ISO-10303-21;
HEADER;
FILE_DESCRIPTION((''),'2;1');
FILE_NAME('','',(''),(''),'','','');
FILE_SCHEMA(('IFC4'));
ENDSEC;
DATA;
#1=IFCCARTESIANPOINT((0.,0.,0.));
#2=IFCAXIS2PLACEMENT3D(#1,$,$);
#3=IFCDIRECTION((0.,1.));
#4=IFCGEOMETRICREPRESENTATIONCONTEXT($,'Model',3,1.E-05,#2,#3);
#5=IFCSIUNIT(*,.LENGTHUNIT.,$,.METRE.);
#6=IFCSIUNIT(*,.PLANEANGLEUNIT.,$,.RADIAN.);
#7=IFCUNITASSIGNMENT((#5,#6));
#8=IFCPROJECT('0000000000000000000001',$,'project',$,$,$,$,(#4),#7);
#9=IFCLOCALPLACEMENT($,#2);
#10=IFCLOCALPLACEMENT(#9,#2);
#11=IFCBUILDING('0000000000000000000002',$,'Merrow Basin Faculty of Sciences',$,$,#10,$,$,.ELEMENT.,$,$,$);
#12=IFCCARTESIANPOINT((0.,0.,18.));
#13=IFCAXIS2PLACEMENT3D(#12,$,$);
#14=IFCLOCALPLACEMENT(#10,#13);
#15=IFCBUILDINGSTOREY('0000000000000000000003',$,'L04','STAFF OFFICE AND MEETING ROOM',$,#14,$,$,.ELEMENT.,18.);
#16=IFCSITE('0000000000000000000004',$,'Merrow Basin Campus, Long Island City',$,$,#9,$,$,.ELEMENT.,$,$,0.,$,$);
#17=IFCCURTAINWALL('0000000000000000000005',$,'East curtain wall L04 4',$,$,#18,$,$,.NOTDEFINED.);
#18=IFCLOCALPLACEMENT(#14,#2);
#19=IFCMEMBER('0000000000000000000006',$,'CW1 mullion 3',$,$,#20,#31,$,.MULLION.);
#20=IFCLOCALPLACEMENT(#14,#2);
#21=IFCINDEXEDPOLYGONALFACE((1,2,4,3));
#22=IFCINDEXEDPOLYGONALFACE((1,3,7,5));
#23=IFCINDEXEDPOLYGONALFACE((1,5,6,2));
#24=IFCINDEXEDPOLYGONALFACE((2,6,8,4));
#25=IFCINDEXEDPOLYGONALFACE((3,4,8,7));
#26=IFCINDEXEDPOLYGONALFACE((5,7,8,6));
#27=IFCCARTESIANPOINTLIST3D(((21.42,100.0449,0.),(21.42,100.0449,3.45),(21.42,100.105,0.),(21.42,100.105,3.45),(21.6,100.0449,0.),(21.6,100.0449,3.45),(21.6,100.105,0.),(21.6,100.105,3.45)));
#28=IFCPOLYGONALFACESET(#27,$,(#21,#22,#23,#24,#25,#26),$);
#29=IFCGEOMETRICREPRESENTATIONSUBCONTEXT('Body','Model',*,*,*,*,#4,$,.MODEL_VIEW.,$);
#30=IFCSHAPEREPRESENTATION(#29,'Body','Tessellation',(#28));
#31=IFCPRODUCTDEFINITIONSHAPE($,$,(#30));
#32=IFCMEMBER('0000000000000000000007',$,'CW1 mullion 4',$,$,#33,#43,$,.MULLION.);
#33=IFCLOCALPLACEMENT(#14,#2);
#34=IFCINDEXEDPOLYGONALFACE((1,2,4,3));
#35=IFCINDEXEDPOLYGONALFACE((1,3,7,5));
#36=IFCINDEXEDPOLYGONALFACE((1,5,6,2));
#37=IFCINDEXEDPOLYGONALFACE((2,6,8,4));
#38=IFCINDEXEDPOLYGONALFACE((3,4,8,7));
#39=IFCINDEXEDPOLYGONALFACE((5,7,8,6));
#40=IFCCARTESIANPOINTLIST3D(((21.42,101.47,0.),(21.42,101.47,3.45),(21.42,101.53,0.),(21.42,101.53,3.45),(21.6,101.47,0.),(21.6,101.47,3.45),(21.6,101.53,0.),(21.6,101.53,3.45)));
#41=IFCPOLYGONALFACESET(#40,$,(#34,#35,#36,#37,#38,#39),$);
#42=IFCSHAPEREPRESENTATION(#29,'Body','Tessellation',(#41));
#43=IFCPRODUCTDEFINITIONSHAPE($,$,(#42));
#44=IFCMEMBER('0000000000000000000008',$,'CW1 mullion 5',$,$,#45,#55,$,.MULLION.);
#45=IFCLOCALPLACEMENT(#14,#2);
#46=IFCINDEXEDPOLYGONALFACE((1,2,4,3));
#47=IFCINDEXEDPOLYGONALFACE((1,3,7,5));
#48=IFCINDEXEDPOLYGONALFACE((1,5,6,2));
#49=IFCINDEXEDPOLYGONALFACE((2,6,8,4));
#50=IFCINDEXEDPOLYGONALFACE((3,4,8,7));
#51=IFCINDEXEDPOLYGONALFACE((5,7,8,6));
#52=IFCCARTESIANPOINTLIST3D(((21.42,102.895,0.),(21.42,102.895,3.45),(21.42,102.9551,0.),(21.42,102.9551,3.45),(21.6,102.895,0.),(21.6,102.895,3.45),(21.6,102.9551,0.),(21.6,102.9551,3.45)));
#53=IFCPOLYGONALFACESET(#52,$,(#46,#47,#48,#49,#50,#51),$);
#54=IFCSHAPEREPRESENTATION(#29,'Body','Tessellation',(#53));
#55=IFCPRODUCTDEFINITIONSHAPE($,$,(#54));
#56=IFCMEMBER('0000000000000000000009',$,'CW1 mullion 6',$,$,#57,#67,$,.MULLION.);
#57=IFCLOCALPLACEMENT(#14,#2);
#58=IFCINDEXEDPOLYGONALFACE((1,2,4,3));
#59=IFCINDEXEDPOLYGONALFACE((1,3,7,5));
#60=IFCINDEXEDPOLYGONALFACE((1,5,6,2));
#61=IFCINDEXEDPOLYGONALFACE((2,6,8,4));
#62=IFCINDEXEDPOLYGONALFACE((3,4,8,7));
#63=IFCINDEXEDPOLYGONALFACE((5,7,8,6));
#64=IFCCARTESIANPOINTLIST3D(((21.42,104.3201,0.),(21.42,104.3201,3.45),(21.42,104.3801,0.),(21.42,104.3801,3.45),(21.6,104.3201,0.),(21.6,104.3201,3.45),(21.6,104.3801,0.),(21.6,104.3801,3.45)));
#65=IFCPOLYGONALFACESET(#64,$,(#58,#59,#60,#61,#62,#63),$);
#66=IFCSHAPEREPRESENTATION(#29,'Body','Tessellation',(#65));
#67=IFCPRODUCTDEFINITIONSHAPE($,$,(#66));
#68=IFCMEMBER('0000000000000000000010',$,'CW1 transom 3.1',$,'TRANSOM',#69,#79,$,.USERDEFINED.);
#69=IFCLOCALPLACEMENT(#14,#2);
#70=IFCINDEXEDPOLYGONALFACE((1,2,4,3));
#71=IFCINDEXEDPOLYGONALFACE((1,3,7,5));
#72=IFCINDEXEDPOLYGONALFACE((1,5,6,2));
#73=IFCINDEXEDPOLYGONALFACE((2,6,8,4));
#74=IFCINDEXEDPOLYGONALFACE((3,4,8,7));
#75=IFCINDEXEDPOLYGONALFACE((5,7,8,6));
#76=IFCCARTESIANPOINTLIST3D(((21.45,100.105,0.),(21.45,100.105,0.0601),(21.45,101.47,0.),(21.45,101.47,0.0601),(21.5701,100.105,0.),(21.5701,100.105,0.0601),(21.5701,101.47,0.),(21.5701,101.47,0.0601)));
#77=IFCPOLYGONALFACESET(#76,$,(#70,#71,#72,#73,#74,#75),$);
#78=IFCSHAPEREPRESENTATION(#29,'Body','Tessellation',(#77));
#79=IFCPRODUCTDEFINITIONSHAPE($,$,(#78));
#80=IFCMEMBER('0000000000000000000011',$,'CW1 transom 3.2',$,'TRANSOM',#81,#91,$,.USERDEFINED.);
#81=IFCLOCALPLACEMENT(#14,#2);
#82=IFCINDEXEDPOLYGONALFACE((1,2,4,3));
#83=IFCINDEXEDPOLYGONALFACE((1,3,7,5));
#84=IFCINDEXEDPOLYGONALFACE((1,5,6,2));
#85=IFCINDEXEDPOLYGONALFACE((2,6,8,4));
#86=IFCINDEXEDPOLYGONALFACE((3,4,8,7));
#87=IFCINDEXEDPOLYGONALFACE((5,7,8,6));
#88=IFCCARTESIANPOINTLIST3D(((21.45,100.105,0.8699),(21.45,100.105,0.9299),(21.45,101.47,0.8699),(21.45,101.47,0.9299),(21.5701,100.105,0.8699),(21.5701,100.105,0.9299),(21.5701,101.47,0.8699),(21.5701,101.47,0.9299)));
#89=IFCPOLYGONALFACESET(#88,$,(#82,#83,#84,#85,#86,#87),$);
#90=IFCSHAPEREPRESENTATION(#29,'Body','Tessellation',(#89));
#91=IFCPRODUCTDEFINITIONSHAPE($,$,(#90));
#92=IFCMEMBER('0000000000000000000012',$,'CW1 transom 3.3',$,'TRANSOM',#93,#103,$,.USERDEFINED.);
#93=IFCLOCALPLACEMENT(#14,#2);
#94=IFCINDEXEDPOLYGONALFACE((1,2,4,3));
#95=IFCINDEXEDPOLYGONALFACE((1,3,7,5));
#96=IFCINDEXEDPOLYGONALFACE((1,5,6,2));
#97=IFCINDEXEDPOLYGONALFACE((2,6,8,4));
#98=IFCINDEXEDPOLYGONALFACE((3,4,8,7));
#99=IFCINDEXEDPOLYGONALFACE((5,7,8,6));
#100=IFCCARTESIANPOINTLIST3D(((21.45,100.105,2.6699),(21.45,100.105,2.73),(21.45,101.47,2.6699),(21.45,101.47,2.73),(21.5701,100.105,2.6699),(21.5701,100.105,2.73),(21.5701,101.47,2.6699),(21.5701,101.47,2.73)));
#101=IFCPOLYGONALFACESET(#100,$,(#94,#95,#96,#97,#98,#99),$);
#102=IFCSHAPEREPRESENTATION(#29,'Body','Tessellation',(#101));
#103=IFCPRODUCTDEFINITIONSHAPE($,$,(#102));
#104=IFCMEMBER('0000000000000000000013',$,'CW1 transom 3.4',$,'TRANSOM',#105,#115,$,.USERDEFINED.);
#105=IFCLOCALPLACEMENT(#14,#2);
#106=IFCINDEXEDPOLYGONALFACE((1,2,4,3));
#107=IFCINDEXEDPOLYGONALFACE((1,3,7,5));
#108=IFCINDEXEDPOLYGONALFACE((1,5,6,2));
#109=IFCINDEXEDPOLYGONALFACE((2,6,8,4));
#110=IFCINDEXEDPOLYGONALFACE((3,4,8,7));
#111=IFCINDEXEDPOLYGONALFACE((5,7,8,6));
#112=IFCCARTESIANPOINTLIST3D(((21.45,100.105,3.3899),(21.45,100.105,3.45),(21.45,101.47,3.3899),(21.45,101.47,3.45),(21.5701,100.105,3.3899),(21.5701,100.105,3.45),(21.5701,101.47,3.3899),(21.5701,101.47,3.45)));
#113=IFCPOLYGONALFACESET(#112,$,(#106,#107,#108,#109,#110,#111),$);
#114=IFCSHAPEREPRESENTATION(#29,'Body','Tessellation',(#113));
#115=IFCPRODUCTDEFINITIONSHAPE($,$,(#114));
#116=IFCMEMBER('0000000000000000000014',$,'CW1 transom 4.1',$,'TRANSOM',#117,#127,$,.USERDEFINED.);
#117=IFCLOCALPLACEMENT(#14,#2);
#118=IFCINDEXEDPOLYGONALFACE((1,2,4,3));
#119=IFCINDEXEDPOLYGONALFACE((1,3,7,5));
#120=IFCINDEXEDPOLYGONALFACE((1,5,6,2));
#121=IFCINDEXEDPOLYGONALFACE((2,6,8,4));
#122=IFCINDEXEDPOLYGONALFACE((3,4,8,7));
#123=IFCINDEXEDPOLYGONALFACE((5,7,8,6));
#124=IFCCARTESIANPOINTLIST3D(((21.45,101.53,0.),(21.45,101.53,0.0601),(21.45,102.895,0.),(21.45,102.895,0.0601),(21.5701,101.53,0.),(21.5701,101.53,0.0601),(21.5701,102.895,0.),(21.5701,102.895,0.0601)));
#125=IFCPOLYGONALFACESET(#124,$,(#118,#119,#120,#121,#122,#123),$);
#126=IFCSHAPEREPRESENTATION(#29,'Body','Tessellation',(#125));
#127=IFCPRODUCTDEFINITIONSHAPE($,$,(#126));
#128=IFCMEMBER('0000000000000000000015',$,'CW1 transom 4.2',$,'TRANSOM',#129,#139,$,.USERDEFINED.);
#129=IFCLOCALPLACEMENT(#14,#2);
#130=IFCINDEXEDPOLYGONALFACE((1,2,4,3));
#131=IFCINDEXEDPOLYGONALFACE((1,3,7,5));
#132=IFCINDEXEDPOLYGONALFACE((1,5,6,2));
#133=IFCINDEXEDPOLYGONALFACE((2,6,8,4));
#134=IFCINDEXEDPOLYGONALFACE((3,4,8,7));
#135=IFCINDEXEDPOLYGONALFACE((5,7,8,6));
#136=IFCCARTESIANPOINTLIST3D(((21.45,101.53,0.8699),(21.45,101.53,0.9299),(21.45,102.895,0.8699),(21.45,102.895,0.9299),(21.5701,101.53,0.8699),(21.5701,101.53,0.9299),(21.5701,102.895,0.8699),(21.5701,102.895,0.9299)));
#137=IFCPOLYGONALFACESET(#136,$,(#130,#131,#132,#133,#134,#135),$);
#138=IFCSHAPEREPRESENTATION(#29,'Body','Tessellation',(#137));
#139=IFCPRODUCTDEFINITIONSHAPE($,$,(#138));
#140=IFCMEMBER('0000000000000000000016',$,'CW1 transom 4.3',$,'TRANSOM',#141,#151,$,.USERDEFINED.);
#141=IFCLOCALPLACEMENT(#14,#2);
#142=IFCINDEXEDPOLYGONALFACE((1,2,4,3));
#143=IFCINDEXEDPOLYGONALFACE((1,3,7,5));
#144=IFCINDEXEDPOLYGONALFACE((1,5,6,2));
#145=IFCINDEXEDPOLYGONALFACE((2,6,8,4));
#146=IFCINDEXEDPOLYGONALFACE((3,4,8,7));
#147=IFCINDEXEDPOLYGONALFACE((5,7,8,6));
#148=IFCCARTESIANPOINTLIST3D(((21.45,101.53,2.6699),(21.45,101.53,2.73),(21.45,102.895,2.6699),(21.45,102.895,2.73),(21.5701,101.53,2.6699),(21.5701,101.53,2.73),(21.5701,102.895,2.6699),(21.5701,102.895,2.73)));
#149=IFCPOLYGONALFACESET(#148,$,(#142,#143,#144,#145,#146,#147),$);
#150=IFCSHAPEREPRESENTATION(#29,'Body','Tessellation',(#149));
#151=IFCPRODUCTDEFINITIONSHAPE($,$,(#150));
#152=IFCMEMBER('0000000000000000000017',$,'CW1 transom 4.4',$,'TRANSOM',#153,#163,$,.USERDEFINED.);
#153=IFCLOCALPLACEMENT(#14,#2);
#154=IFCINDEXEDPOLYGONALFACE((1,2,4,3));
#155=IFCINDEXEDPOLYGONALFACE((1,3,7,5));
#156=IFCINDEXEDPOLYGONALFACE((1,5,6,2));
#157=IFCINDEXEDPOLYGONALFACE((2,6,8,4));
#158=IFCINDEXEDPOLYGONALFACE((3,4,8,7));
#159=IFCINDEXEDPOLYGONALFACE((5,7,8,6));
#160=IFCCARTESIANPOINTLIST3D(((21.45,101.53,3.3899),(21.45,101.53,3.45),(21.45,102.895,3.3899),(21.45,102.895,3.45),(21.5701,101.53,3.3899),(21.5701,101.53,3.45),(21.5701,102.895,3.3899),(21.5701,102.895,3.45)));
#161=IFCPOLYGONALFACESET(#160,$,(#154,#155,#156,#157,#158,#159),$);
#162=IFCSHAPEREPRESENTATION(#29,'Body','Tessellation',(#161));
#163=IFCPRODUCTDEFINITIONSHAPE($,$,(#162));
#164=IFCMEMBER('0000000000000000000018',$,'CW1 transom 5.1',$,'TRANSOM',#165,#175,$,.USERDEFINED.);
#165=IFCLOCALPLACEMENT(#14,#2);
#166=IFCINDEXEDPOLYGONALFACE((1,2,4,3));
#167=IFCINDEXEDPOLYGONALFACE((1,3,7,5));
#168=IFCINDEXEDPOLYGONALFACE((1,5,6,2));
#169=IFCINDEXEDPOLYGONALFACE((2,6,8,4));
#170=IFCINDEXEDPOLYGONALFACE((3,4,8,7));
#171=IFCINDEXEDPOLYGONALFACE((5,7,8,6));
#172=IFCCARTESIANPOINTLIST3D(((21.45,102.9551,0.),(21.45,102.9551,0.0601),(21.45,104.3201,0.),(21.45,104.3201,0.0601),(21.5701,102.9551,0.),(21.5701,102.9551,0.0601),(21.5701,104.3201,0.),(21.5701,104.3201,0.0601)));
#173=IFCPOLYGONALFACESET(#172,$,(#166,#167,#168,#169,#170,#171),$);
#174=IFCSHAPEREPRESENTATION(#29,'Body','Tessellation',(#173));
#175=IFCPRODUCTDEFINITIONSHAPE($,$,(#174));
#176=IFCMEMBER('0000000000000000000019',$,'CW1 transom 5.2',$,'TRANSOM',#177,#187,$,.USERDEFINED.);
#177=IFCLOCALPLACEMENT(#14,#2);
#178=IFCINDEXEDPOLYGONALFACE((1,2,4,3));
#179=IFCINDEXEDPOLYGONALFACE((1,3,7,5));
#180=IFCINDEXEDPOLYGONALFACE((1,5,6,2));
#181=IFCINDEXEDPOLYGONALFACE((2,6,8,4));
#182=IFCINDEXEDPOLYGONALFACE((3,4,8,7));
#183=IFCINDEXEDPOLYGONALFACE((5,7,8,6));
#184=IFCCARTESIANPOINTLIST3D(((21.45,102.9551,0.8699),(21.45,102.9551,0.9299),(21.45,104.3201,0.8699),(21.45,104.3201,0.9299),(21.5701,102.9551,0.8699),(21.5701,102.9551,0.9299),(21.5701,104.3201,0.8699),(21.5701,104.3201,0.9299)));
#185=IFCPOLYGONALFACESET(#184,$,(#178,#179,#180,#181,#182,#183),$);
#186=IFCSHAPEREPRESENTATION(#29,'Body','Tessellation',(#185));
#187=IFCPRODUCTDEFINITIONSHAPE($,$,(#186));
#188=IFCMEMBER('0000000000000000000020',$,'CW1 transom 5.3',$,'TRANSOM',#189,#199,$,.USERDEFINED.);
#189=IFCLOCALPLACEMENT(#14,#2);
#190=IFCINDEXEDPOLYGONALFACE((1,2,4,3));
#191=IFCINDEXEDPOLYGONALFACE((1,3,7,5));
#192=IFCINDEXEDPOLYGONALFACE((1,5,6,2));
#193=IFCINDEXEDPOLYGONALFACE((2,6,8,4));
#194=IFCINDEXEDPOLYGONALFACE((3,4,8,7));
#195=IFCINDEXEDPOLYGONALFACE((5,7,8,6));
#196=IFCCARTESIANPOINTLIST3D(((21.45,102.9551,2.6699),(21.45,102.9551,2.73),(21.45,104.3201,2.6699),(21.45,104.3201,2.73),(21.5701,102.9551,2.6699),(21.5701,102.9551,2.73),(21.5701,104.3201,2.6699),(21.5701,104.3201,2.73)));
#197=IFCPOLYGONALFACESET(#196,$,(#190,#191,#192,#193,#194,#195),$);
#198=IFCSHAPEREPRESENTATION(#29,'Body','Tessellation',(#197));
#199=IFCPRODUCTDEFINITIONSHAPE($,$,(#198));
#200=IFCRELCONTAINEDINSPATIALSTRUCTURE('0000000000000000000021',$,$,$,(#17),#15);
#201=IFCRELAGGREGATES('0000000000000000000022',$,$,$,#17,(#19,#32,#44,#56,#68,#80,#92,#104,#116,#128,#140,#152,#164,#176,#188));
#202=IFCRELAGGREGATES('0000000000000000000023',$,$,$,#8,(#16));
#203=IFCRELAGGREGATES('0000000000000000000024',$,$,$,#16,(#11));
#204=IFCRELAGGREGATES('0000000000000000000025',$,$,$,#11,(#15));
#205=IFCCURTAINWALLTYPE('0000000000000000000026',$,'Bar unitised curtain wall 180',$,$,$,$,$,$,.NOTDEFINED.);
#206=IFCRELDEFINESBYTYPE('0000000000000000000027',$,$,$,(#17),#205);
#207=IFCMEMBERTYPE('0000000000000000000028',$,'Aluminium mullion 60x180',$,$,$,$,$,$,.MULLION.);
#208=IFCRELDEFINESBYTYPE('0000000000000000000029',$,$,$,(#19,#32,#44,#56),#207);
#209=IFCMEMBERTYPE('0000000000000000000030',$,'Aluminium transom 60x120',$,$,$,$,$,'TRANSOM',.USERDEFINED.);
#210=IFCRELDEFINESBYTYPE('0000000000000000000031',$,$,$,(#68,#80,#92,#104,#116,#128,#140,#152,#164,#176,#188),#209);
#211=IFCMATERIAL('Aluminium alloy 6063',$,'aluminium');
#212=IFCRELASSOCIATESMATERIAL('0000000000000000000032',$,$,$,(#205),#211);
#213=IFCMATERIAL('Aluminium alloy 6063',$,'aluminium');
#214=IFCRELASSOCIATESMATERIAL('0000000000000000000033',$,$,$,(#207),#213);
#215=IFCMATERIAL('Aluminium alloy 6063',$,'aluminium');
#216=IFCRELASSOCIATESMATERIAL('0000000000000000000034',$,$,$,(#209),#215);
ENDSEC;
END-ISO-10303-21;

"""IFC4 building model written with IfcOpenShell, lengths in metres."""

from ifc_helpers import new_model, si_unit, direction, frame, origin, origin_2d, place, context, subcontext, project, spatial, rectangle, extrude, material, material_profile, profile_set, type_object, element, aggregate, save


model = new_model("IFC4")

# Units and contexts
model_context = context("Model", 3, precision=1e-05, world=origin(), true_north=direction((0.0, 1.0)))
body_context = subcontext(model_context, "Body", "Model", "MODEL_VIEW")
ifc_project = project(units=[si_unit("LENGTHUNIT", "METRE"), si_unit("PLANEANGLEUNIT", "RADIAN")], contexts=[model_context])

# Site, building, storey
site_placement = place(None, origin())
site = spatial("IfcSite", under=ifc_project, at=site_placement, Name="Merrow Basin Campus, Long Island City", CompositionType="ELEMENT", RefElevation=0.0)
building_placement = place(site_placement, origin())
building = spatial("IfcBuilding", under=site, at=building_placement, Name="Merrow Basin Faculty of Sciences", CompositionType="ELEMENT")
storey_placement = place(building_placement, frame((0.0, 0.0, 18.0)))
storey = spatial("IfcBuildingStorey", under=building, at=storey_placement, Name="L04", Description="STAFF OFFICE AND MEETING ROOM", CompositionType="ELEMENT", Elevation=18.0)

# Curtain wall, members
ifc_material_1 = material(Name="Aluminium alloy 6063", Category="aluminium")
curtain_wall_type = type_object("IfcCurtainWallType", Name="Bar unitised curtain wall 180", PredefinedType="NOTDEFINED", material=ifc_material_1)
curtain_wall_placement = place(storey_placement, origin())
curtain_wall = element("IfcCurtainWall", 1, at=curtain_wall_placement, inside=storey, type_object=curtain_wall_type, Name="East curtain wall L04 4", PredefinedType="NOTDEFINED")
ifc_material_2 = material(Name="Aluminium alloy 6063", Category="aluminium")
ifc_material_profile_1 = material_profile(ifc_material_2, rectangle(XDim=0.1799, YDim=0.0601, at=origin_2d()))
ifc_profile_set_1 = profile_set([ifc_material_profile_1], Name="Aluminium alloy 6063")
member_type_1 = type_object("IfcMemberType", Name="Aluminium mullion 60x180", PredefinedType="MULLION", material=ifc_profile_set_1)
member_1_placement = place(storey_placement, frame((21.51, 100.075, 0.0), z_axis=(0.0, 0.0, 1.0), x_axis=(-1.0, 0.0, 0.0)))
member_1 = element("IfcMember", 2, at=member_1_placement, type_object=member_type_1, Name="CW1 mullion 3", PredefinedType="MULLION", context=body_context, shape_type="SweptSolid", body=[
    extrude(rectangle(XDim=0.1799, YDim=0.0601, at=origin_2d()), origin(), (0.0, 0.0, 1.0), 3.45),
])
member_2_placement = place(storey_placement, frame((21.51, 101.5, 0.0), z_axis=(0.0, 0.0, 1.0), x_axis=(-1.0, 0.0, 0.0)))
member_2 = element("IfcMember", 3, at=member_2_placement, type_object=member_type_1, Name="CW1 mullion 4", PredefinedType="MULLION", context=body_context, shape_type="SweptSolid", body=[
    extrude(rectangle(XDim=0.1799, YDim=0.0601, at=origin_2d()), origin(), (0.0, 0.0, 1.0), 3.45),
])
member_3_placement = place(storey_placement, frame((21.51, 102.925, 0.0), z_axis=(0.0, 0.0, 1.0), x_axis=(-1.0, 0.0, 0.0)))
member_3 = element("IfcMember", 4, at=member_3_placement, type_object=member_type_1, Name="CW1 mullion 5", PredefinedType="MULLION", context=body_context, shape_type="SweptSolid", body=[
    extrude(rectangle(XDim=0.1799, YDim=0.0601, at=origin_2d()), origin(), (0.0, 0.0, 1.0), 3.45),
])
member_4_placement = place(storey_placement, frame((21.51, 104.3501, 0.0), z_axis=(0.0, 0.0, 1.0), x_axis=(-1.0, 0.0, 0.0)))
member_4 = element("IfcMember", 5, at=member_4_placement, type_object=member_type_1, Name="CW1 mullion 6", PredefinedType="MULLION", context=body_context, shape_type="SweptSolid", body=[
    extrude(rectangle(XDim=0.1799, YDim=0.0601, at=origin_2d()), origin(), (0.0, 0.0, 1.0), 3.45),
])
ifc_material_3 = material(Name="Aluminium alloy 6063", Category="aluminium")
ifc_material_profile_2 = material_profile(ifc_material_3, rectangle(XDim=0.1201, YDim=0.0601, at=origin_2d()))
ifc_profile_set_2 = profile_set([ifc_material_profile_2], Name="Aluminium alloy 6063")
member_type_2 = type_object("IfcMemberType", Name="Aluminium transom 60x120", ElementType="TRANSOM", PredefinedType="USERDEFINED", material=ifc_profile_set_2)
member_5_placement = place(storey_placement, frame((21.51, 100.105, 0.03), z_axis=(0.0, 1.0, 0.0), x_axis=(-1.0, 0.0, 0.0)))
member_5 = element("IfcMember", 6, at=member_5_placement, type_object=member_type_2, Name="CW1 transom 3.1", ObjectType="TRANSOM", PredefinedType="USERDEFINED", context=body_context, shape_type="SweptSolid", body=[
    extrude(rectangle(XDim=0.1201, YDim=0.0601, at=origin_2d()), origin(), (0.0, 0.0, 1.0), 1.365),
])
member_6_placement = place(storey_placement, frame((21.51, 100.105, 0.8999), z_axis=(0.0, 1.0, 0.0), x_axis=(-1.0, 0.0, 0.0)))
member_6 = element("IfcMember", 7, at=member_6_placement, type_object=member_type_2, Name="CW1 transom 3.2", ObjectType="TRANSOM", PredefinedType="USERDEFINED", context=body_context, shape_type="SweptSolid", body=[
    extrude(rectangle(XDim=0.1201, YDim=0.0601, at=origin_2d()), origin(), (0.0, 0.0, 1.0), 1.365),
])
member_7_placement = place(storey_placement, frame((21.51, 100.105, 2.7), z_axis=(0.0, 1.0, 0.0), x_axis=(-1.0, 0.0, 0.0)))
member_7 = element("IfcMember", 8, at=member_7_placement, type_object=member_type_2, Name="CW1 transom 3.3", ObjectType="TRANSOM", PredefinedType="USERDEFINED", context=body_context, shape_type="SweptSolid", body=[
    extrude(rectangle(XDim=0.1201, YDim=0.0601, at=origin_2d()), origin(), (0.0, 0.0, 1.0), 1.365),
])
member_8_placement = place(storey_placement, frame((21.51, 100.105, 3.4199), z_axis=(0.0, 1.0, 0.0), x_axis=(-1.0, 0.0, 0.0)))
member_8 = element("IfcMember", 9, at=member_8_placement, type_object=member_type_2, Name="CW1 transom 3.4", ObjectType="TRANSOM", PredefinedType="USERDEFINED", context=body_context, shape_type="SweptSolid", body=[
    extrude(rectangle(XDim=0.1201, YDim=0.0601, at=origin_2d()), origin(), (0.0, 0.0, 1.0), 1.365),
])
member_9_placement = place(storey_placement, frame((21.51, 101.53, 0.03), z_axis=(0.0, 1.0, 0.0), x_axis=(-1.0, 0.0, 0.0)))
member_9 = element("IfcMember", 10, at=member_9_placement, type_object=member_type_2, Name="CW1 transom 4.1", ObjectType="TRANSOM", PredefinedType="USERDEFINED", context=body_context, shape_type="SweptSolid", body=[
    extrude(rectangle(XDim=0.1201, YDim=0.0601, at=origin_2d()), origin(), (0.0, 0.0, 1.0), 1.365),
])
member_10_placement = place(storey_placement, frame((21.51, 101.53, 0.8999), z_axis=(0.0, 1.0, 0.0), x_axis=(-1.0, 0.0, 0.0)))
member_10 = element("IfcMember", 11, at=member_10_placement, type_object=member_type_2, Name="CW1 transom 4.2", ObjectType="TRANSOM", PredefinedType="USERDEFINED", context=body_context, shape_type="SweptSolid", body=[
    extrude(rectangle(XDim=0.1201, YDim=0.0601, at=origin_2d()), origin(), (0.0, 0.0, 1.0), 1.365),
])
member_11_placement = place(storey_placement, frame((21.51, 101.53, 2.7), z_axis=(0.0, 1.0, 0.0), x_axis=(-1.0, 0.0, 0.0)))
member_11 = element("IfcMember", 12, at=member_11_placement, type_object=member_type_2, Name="CW1 transom 4.3", ObjectType="TRANSOM", PredefinedType="USERDEFINED", context=body_context, shape_type="SweptSolid", body=[
    extrude(rectangle(XDim=0.1201, YDim=0.0601, at=origin_2d()), origin(), (0.0, 0.0, 1.0), 1.365),
])
member_12_placement = place(storey_placement, frame((21.51, 101.53, 3.4199), z_axis=(0.0, 1.0, 0.0), x_axis=(-1.0, 0.0, 0.0)))
member_12 = element("IfcMember", 13, at=member_12_placement, type_object=member_type_2, Name="CW1 transom 4.4", ObjectType="TRANSOM", PredefinedType="USERDEFINED", context=body_context, shape_type="SweptSolid", body=[
    extrude(rectangle(XDim=0.1201, YDim=0.0601, at=origin_2d()), origin(), (0.0, 0.0, 1.0), 1.365),
])
member_13_placement = place(storey_placement, frame((21.51, 102.9551, 0.03), z_axis=(0.0, 1.0, 0.0), x_axis=(-1.0, 0.0, 0.0)))
member_13 = element("IfcMember", 14, at=member_13_placement, type_object=member_type_2, Name="CW1 transom 5.1", ObjectType="TRANSOM", PredefinedType="USERDEFINED", context=body_context, shape_type="SweptSolid", body=[
    extrude(rectangle(XDim=0.1201, YDim=0.0601, at=origin_2d()), origin(), (0.0, 0.0, 1.0), 1.365),
])
member_14_placement = place(storey_placement, frame((21.51, 102.9551, 0.8999), z_axis=(0.0, 1.0, 0.0), x_axis=(-1.0, 0.0, 0.0)))
member_14 = element("IfcMember", 15, at=member_14_placement, type_object=member_type_2, Name="CW1 transom 5.2", ObjectType="TRANSOM", PredefinedType="USERDEFINED", context=body_context, shape_type="SweptSolid", body=[
    extrude(rectangle(XDim=0.1201, YDim=0.0601, at=origin_2d()), origin(), (0.0, 0.0, 1.0), 1.365),
])
member_15_placement = place(storey_placement, frame((21.51, 102.9551, 2.7), z_axis=(0.0, 1.0, 0.0), x_axis=(-1.0, 0.0, 0.0)))
member_15 = element("IfcMember", 16, at=member_15_placement, type_object=member_type_2, Name="CW1 transom 5.3", ObjectType="TRANSOM", PredefinedType="USERDEFINED", context=body_context, shape_type="SweptSolid", body=[
    extrude(rectangle(XDim=0.1201, YDim=0.0601, at=origin_2d()), origin(), (0.0, 0.0, 1.0), 1.365),
])
aggregate(curtain_wall, [member_1, member_2, member_3, member_4, member_5, member_6, member_7, member_8, member_9, member_10, member_11, member_12, member_13, member_14, member_15])

save(model, "model.ifc")
